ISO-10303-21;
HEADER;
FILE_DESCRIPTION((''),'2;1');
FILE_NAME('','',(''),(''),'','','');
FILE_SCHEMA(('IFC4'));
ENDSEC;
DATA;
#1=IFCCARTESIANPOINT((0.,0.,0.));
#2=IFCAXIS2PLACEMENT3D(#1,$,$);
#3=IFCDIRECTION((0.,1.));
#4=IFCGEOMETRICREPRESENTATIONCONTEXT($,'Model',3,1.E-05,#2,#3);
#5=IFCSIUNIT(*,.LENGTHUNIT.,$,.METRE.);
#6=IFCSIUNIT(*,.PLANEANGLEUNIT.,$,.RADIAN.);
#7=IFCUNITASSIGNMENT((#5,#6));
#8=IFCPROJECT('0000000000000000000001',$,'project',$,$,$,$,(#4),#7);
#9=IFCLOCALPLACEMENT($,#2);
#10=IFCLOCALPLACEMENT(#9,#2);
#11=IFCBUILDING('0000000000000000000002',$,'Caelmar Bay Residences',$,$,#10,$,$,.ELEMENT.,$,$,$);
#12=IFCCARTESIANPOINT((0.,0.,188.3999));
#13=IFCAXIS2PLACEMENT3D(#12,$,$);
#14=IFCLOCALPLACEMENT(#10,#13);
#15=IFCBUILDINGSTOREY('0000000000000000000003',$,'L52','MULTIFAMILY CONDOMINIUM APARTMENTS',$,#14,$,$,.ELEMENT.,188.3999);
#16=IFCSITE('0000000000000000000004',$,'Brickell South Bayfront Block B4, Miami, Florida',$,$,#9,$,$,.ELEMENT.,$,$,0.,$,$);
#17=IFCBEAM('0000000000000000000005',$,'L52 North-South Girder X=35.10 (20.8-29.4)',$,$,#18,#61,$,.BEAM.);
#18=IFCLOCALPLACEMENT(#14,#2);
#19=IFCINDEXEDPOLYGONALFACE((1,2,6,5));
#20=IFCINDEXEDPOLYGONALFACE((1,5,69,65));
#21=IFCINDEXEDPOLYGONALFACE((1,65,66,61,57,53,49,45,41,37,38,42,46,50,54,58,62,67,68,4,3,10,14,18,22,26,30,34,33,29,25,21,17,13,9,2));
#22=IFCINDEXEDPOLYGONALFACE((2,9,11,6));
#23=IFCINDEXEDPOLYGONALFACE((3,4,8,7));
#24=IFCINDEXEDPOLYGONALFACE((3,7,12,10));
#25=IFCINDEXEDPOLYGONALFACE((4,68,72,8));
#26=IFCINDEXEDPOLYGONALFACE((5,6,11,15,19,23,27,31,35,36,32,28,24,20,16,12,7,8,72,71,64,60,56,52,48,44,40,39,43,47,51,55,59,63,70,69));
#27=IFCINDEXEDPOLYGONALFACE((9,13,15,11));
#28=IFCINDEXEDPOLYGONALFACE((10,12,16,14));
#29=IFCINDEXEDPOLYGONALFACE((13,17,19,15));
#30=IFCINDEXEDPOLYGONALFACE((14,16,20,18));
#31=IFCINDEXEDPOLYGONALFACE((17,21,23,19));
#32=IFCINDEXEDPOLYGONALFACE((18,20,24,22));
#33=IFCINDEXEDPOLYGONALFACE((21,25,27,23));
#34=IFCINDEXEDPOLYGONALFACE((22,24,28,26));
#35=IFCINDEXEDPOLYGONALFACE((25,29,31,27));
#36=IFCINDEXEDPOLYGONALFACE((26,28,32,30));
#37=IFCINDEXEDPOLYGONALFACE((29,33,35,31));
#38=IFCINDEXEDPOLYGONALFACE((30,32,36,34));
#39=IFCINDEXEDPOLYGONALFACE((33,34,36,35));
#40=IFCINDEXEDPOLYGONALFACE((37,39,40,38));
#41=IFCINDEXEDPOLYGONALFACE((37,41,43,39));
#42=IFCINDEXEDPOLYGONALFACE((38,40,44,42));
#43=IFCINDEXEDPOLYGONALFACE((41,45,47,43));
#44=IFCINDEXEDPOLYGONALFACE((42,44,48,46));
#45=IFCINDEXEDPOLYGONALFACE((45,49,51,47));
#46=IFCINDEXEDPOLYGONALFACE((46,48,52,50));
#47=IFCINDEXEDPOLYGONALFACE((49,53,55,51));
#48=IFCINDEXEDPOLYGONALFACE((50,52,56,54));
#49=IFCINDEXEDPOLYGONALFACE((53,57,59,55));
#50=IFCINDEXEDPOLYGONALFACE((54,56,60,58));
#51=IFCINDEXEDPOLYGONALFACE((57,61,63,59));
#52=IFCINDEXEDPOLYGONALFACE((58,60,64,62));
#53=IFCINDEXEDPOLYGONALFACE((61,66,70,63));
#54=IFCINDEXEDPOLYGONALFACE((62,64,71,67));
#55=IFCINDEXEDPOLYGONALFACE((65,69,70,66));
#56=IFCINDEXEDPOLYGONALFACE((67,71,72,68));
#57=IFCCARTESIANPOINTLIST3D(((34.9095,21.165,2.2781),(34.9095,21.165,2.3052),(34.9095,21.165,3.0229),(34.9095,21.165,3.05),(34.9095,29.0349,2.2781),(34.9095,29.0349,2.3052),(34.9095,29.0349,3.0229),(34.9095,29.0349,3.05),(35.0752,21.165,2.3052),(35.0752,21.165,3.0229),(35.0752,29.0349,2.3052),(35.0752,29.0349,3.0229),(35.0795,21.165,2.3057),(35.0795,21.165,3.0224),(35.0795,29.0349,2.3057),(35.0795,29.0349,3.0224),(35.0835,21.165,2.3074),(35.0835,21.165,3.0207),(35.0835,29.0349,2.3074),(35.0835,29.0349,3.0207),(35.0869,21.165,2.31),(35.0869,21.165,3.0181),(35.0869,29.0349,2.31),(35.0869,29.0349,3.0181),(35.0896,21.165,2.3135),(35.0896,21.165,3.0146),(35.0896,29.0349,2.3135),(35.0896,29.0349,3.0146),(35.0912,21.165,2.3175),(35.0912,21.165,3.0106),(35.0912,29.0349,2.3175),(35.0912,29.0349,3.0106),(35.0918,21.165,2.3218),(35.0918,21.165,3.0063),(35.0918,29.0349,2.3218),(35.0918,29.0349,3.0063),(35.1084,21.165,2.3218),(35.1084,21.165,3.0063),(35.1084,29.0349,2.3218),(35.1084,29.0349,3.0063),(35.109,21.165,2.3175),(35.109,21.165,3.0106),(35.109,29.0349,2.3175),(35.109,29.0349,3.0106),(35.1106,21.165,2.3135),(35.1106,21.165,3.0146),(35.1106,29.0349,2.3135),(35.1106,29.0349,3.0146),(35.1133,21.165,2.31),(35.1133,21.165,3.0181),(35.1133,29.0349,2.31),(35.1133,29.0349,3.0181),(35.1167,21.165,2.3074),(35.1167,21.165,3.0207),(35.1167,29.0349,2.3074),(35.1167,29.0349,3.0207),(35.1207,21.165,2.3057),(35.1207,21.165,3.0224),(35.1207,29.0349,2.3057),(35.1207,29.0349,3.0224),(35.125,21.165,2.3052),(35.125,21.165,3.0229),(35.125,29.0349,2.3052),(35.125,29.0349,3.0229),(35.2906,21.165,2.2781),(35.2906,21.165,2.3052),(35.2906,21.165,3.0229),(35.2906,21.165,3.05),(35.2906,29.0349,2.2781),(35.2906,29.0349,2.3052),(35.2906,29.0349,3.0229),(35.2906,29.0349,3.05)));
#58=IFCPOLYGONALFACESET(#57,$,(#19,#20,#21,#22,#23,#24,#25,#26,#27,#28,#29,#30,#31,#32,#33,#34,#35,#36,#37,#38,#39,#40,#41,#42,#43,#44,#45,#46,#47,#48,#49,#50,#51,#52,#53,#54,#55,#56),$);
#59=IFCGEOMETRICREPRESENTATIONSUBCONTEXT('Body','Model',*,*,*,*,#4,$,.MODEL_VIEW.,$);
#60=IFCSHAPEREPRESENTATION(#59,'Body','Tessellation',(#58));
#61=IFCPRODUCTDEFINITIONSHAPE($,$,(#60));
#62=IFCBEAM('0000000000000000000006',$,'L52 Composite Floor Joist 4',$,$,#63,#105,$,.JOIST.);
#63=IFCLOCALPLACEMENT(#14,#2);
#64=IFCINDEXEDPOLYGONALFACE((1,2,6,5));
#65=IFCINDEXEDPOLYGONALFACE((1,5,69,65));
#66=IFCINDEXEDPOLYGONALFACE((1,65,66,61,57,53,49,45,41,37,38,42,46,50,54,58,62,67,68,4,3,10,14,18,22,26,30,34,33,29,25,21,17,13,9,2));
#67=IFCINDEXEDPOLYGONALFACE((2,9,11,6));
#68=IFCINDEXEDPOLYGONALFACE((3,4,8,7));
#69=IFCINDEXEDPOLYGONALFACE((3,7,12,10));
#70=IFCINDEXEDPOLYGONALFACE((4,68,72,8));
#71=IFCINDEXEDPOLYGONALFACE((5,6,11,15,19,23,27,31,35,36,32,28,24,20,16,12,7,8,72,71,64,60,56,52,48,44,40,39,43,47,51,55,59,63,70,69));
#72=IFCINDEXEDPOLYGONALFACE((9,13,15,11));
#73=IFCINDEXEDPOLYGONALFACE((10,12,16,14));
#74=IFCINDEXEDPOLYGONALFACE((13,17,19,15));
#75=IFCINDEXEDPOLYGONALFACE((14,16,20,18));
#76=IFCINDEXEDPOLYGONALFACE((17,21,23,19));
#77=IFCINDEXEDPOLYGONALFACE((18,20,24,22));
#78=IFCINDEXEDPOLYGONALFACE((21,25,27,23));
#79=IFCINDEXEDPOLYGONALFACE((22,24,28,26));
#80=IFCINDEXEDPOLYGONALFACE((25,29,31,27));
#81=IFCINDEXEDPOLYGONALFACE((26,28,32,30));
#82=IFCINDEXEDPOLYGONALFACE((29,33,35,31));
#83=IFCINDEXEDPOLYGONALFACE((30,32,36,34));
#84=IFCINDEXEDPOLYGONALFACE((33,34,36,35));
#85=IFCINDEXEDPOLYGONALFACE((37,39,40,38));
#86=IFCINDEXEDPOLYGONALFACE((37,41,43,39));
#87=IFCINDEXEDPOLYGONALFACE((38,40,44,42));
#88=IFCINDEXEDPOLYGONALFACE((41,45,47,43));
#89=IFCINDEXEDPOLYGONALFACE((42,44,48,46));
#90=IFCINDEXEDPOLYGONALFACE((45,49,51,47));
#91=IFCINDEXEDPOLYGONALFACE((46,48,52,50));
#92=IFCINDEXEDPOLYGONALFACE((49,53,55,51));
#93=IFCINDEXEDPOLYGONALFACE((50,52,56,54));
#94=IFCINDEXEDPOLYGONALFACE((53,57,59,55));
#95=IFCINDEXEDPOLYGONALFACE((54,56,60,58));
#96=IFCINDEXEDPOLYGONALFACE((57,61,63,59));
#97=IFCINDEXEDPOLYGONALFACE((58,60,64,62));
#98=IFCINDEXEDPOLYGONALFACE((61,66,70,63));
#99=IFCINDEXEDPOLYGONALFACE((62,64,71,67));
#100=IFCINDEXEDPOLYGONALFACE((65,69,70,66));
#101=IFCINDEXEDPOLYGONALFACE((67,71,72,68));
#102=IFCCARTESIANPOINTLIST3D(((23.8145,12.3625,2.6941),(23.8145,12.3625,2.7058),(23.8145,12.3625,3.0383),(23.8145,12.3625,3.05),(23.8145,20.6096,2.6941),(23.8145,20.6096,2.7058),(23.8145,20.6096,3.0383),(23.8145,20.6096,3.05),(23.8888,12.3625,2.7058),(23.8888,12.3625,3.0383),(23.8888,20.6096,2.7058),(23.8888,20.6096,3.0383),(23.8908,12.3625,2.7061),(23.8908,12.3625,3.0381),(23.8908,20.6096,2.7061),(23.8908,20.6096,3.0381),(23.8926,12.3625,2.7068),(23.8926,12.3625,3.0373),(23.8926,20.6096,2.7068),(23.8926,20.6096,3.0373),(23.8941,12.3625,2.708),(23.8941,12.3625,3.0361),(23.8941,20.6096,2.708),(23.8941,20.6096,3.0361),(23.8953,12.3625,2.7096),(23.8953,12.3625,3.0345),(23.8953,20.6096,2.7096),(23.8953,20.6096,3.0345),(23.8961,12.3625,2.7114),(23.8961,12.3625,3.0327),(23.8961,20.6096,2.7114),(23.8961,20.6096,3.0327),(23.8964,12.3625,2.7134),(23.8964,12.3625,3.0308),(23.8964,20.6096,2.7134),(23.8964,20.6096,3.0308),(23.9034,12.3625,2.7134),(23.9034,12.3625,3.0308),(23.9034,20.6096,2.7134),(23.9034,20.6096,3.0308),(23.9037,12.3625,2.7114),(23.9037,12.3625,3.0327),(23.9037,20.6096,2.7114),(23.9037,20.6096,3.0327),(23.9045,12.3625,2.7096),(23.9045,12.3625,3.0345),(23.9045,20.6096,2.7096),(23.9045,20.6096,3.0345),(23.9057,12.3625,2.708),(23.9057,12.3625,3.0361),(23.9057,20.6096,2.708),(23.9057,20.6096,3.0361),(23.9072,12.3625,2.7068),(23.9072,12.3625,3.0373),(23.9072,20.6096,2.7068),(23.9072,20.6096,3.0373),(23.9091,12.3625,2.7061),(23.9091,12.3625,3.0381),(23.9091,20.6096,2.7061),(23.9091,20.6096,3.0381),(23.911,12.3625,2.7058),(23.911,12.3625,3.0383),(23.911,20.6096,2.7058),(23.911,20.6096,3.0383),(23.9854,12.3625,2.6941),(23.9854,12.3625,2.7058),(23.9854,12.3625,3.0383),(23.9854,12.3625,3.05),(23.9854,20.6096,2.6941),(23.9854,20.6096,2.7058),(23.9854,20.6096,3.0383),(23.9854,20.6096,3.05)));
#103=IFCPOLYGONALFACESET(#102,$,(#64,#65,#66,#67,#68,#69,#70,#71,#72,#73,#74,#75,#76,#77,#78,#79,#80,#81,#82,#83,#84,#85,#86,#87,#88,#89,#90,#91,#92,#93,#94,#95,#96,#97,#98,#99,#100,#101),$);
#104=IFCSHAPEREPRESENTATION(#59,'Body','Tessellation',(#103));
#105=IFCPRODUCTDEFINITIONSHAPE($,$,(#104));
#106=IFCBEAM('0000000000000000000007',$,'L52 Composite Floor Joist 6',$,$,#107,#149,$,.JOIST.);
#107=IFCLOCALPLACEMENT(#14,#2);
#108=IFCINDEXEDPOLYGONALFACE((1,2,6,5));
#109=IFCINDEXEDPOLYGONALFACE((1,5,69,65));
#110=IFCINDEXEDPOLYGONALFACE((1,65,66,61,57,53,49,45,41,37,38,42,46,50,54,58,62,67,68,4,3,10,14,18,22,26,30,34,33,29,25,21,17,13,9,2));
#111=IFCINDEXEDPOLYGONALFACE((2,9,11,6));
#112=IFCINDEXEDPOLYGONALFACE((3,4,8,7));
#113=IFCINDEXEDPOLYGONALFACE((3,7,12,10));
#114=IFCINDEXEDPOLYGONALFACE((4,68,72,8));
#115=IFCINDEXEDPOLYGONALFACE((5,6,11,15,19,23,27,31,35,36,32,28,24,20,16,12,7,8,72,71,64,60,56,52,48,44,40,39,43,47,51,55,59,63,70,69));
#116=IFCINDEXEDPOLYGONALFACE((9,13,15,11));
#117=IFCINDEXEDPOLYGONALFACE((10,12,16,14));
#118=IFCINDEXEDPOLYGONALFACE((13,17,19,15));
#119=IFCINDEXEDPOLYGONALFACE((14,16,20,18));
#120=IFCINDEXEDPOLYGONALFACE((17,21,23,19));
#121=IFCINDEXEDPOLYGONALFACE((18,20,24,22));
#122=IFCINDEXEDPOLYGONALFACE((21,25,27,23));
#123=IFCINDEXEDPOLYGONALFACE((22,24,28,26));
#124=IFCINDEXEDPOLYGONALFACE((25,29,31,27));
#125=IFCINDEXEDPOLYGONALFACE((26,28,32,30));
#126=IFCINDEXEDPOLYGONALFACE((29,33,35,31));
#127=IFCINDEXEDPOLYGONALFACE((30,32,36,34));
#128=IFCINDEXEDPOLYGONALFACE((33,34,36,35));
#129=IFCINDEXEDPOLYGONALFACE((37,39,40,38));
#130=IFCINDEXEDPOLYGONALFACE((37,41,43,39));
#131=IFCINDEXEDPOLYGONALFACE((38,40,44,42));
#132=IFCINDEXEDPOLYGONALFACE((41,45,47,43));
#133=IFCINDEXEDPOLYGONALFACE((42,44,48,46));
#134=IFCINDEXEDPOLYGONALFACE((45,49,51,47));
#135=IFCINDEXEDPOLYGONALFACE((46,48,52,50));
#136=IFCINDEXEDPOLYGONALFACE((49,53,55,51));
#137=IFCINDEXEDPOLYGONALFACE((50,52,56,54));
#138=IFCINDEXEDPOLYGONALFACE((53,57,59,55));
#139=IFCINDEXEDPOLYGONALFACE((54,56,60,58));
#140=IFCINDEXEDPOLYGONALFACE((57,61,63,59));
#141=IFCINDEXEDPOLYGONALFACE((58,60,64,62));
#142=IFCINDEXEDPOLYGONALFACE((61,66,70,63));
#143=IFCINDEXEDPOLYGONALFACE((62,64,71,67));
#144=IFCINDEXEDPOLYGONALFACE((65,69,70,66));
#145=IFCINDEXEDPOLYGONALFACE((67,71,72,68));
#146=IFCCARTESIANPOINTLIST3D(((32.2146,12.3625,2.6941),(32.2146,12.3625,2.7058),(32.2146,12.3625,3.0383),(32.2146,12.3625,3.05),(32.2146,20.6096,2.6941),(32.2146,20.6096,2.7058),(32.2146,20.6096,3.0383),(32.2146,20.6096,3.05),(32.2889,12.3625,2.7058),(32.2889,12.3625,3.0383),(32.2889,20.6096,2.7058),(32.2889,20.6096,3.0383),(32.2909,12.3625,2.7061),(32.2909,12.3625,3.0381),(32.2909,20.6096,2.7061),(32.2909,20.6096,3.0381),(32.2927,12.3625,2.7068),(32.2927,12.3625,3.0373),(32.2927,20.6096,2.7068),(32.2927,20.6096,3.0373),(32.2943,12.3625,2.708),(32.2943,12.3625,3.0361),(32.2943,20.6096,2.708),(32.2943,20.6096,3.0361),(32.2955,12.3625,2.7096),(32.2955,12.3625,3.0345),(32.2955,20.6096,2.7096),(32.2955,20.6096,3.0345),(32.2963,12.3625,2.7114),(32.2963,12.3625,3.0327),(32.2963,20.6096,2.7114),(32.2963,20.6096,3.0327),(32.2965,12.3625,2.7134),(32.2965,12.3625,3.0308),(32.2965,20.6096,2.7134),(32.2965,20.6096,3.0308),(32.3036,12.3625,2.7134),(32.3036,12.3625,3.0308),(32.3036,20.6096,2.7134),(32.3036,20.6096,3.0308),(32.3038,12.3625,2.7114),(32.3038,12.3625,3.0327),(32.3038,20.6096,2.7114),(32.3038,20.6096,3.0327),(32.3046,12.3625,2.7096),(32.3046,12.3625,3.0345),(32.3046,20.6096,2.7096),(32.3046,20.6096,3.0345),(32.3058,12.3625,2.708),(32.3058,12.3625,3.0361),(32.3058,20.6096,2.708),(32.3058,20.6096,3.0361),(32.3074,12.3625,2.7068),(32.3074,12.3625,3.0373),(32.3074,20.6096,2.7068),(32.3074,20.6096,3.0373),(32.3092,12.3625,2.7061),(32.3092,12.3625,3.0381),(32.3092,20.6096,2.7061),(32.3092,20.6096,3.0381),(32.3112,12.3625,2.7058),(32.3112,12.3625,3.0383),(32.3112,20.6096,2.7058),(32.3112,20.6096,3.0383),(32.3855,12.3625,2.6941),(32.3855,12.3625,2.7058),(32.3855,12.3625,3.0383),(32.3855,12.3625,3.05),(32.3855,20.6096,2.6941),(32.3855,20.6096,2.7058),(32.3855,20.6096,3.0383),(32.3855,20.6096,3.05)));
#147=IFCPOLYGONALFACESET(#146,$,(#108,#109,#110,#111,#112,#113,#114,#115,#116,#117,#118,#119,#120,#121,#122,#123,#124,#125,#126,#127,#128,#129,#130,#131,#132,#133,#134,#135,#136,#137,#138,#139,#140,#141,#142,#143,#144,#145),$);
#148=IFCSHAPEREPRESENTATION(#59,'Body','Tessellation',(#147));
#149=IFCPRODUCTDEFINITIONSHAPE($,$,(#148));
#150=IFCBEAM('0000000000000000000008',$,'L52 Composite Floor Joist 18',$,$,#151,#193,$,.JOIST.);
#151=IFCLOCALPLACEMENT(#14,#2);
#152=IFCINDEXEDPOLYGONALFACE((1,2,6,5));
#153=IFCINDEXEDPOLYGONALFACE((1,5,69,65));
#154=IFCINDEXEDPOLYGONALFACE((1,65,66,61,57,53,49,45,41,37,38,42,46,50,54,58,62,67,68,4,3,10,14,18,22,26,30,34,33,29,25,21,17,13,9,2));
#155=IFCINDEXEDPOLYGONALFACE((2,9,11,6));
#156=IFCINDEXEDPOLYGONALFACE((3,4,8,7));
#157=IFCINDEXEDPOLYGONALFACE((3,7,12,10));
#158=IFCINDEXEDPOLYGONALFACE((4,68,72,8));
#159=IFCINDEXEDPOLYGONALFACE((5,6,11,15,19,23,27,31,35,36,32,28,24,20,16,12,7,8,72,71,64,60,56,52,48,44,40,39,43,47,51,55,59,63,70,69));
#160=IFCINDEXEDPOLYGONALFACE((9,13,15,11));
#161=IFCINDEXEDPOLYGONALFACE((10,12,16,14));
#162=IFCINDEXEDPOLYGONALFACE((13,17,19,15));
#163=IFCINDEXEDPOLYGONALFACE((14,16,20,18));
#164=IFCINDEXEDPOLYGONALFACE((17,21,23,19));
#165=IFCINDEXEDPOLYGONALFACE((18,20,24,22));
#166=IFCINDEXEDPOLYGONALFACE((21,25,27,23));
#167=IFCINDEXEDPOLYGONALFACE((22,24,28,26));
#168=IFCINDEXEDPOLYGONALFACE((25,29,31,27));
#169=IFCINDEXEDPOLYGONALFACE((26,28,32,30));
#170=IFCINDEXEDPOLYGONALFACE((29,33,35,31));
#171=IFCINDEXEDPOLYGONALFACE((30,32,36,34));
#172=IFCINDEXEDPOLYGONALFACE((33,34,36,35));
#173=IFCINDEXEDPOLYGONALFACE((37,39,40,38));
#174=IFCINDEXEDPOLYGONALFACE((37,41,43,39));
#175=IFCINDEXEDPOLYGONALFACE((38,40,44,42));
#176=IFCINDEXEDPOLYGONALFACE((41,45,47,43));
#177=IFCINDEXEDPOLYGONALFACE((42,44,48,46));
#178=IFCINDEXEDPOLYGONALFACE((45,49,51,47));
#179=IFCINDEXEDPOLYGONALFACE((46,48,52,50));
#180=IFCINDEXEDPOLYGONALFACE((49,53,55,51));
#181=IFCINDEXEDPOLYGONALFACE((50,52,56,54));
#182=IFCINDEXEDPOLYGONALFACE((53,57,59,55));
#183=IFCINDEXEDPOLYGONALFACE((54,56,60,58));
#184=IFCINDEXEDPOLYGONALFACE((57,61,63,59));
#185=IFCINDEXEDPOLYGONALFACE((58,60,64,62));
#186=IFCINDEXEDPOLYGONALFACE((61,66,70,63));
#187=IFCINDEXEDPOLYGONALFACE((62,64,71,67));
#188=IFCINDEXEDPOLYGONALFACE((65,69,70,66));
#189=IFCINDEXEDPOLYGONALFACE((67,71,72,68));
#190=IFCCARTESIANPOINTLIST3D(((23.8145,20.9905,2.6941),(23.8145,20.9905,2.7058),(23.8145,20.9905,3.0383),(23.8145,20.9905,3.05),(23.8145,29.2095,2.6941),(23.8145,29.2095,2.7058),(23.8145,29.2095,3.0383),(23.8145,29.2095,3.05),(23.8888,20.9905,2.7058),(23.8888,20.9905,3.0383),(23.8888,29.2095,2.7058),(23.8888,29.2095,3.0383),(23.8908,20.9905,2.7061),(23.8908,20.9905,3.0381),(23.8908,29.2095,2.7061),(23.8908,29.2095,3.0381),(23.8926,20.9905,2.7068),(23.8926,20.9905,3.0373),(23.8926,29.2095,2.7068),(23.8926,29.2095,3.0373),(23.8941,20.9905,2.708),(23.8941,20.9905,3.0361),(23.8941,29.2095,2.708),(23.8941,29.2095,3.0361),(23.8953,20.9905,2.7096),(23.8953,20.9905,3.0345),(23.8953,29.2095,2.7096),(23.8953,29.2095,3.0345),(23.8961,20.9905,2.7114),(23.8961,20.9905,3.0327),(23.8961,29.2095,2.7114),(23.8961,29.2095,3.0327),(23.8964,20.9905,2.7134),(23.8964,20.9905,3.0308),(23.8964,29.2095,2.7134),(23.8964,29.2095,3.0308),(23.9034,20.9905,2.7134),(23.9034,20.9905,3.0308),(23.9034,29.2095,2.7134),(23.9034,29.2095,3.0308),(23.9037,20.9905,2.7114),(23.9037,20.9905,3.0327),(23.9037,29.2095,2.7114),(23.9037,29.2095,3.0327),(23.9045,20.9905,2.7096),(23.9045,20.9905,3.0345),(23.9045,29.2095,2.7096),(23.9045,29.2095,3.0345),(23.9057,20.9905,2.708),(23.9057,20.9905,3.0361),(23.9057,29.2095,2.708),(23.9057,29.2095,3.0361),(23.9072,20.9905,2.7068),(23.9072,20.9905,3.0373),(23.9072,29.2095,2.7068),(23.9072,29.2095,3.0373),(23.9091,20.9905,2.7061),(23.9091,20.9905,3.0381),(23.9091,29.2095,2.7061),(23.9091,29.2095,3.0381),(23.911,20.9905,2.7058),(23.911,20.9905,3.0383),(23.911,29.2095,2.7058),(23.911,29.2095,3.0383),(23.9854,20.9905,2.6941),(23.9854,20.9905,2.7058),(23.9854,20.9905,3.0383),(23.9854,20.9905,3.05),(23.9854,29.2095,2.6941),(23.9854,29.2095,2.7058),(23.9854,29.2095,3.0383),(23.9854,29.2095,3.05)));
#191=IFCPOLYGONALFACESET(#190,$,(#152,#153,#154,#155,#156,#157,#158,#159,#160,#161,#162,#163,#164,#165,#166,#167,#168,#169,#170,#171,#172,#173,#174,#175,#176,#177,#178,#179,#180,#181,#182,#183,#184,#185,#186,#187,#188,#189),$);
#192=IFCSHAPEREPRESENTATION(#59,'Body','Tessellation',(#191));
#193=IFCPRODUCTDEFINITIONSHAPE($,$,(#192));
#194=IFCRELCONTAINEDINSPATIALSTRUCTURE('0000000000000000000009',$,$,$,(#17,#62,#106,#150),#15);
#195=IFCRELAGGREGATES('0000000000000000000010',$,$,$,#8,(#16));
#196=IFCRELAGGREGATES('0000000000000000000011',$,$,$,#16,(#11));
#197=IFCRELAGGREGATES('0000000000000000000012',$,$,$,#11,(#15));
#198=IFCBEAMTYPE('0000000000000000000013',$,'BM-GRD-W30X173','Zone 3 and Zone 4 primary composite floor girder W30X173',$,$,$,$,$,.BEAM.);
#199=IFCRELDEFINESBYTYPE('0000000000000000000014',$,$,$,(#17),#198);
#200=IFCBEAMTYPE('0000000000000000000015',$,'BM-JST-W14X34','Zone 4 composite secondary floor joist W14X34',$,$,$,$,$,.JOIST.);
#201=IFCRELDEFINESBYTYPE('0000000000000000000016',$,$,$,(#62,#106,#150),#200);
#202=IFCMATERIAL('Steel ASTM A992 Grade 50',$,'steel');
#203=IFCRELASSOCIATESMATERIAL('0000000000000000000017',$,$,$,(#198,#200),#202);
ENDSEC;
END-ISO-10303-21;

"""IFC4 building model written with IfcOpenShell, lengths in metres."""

from ifc_helpers import new_model, si_unit, direction, frame, origin, origin_2d, place, context, subcontext, project, spatial, i_section, extrude, material, material_profile, profile_set, type_object, element, save


model = new_model("IFC4")

# Units and contexts
model_context = context("Model", 3, precision=1e-05, world=origin(), true_north=direction((0.0, 1.0)))
body_context = subcontext(model_context, "Body", "Model", "MODEL_VIEW")
ifc_project = project(units=[si_unit("LENGTHUNIT", "METRE"), si_unit("PLANEANGLEUNIT", "RADIAN")], contexts=[model_context])

# Site, building, storey
site_placement = place(None, origin())
site = spatial("IfcSite", under=ifc_project, at=site_placement, Name="Brickell South Bayfront Block B4, Miami, Florida", CompositionType="ELEMENT", RefElevation=0.0)
building_placement = place(site_placement, origin())
building = spatial("IfcBuilding", under=site, at=building_placement, Name="Caelmar Bay Residences", CompositionType="ELEMENT")
storey_placement = place(building_placement, frame((0.0, 0.0, 188.3999)))
storey = spatial("IfcBuildingStorey", under=building, at=storey_placement, Name="L52", Description="MULTIFAMILY CONDOMINIUM APARTMENTS", CompositionType="ELEMENT", Elevation=188.3999)

# Beams
ifc_material_1 = material(Name="Steel ASTM A992 Grade 50", Category="steel")
ifc_material_profile_1 = material_profile(ifc_material_1, i_section(OverallWidth=0.3811, OverallDepth=0.772, WebThickness=0.0166, FlangeThickness=0.0271, FilletRadius=0.0166, at=origin_2d()), Name="W30X173")
ifc_profile_set_1 = profile_set([ifc_material_profile_1], Name="Steel ASTM A992 Grade 50")
beam_type_1 = type_object("IfcBeamType", Name="BM-GRD-W30X173", Description="Zone 3 and Zone 4 primary composite floor girder W30X173", PredefinedType="BEAM", material=ifc_profile_set_1)
beam_1_placement = place(storey_placement, frame((35.1001, 21.165, 2.6641), z_axis=(0.0, 1.0, 0.0), x_axis=(-1.0, 0.0, 0.0)))
element("IfcBeam", 1, at=beam_1_placement, inside=storey, type_object=beam_type_1, Name="L52 North-South Girder X=35.10 (20.8-29.4)", PredefinedType="BEAM", context=body_context, shape_type="SweptSolid", body=[
    extrude(i_section(OverallWidth=0.3811, OverallDepth=0.772, WebThickness=0.0166, FlangeThickness=0.0271, FilletRadius=0.0166, at=origin_2d()), origin(), (0.0, 0.0, 1.0), 7.8699),
])
ifc_material_profile_2 = material_profile(ifc_material_1, i_section(OverallWidth=0.1709, OverallDepth=0.356, WebThickness=0.0071, FlangeThickness=0.0117, FilletRadius=0.0076, at=origin_2d()), Name="W14X34")
ifc_profile_set_2 = profile_set([ifc_material_profile_2], Name="Steel ASTM A992 Grade 50")
beam_type_2 = type_object("IfcBeamType", Name="BM-JST-W14X34", Description="Zone 4 composite secondary floor joist W14X34", PredefinedType="JOIST", material=ifc_profile_set_2)
for number, where, z_axis, x_axis, name in (
    (2, (23.8999, 12.3625, 2.8721), (0.0, 1.0, 0.0), (-1.0, 0.0, 0.0), "L52 Composite Floor Joist 4"),
    (3, (32.3, 12.3625, 2.8721), (0.0, 1.0, 0.0), (-1.0, 0.0, 0.0), "L52 Composite Floor Joist 6"),
):
    element("IfcBeam", number, at=place(storey_placement, frame(where, z_axis=z_axis, x_axis=x_axis)), inside=storey, type_object=beam_type_2, Name=name, PredefinedType="JOIST", context=body_context, shape_type="SweptSolid", body=[
        extrude(i_section(OverallWidth=0.1709, OverallDepth=0.356, WebThickness=0.0071, FlangeThickness=0.0117, FilletRadius=0.0076, at=origin_2d()), origin(), (0.0, 0.0, 1.0), 8.2471),
    ])
for number, where, z_axis, x_axis, name in (
    (4, (23.8999, 20.9905, 2.8721), (0.0, 1.0, 0.0), (-1.0, 0.0, 0.0), "L52 Composite Floor Joist 18"),
):
    element("IfcBeam", number, at=place(storey_placement, frame(where, z_axis=z_axis, x_axis=x_axis)), inside=storey, type_object=beam_type_2, Name=name, PredefinedType="JOIST", context=body_context, shape_type="SweptSolid", body=[
        extrude(i_section(OverallWidth=0.1709, OverallDepth=0.356, WebThickness=0.0071, FlangeThickness=0.0117, FilletRadius=0.0076, at=origin_2d()), origin(), (0.0, 0.0, 1.0), 8.219),
    ])

save(model, "model.ifc")
